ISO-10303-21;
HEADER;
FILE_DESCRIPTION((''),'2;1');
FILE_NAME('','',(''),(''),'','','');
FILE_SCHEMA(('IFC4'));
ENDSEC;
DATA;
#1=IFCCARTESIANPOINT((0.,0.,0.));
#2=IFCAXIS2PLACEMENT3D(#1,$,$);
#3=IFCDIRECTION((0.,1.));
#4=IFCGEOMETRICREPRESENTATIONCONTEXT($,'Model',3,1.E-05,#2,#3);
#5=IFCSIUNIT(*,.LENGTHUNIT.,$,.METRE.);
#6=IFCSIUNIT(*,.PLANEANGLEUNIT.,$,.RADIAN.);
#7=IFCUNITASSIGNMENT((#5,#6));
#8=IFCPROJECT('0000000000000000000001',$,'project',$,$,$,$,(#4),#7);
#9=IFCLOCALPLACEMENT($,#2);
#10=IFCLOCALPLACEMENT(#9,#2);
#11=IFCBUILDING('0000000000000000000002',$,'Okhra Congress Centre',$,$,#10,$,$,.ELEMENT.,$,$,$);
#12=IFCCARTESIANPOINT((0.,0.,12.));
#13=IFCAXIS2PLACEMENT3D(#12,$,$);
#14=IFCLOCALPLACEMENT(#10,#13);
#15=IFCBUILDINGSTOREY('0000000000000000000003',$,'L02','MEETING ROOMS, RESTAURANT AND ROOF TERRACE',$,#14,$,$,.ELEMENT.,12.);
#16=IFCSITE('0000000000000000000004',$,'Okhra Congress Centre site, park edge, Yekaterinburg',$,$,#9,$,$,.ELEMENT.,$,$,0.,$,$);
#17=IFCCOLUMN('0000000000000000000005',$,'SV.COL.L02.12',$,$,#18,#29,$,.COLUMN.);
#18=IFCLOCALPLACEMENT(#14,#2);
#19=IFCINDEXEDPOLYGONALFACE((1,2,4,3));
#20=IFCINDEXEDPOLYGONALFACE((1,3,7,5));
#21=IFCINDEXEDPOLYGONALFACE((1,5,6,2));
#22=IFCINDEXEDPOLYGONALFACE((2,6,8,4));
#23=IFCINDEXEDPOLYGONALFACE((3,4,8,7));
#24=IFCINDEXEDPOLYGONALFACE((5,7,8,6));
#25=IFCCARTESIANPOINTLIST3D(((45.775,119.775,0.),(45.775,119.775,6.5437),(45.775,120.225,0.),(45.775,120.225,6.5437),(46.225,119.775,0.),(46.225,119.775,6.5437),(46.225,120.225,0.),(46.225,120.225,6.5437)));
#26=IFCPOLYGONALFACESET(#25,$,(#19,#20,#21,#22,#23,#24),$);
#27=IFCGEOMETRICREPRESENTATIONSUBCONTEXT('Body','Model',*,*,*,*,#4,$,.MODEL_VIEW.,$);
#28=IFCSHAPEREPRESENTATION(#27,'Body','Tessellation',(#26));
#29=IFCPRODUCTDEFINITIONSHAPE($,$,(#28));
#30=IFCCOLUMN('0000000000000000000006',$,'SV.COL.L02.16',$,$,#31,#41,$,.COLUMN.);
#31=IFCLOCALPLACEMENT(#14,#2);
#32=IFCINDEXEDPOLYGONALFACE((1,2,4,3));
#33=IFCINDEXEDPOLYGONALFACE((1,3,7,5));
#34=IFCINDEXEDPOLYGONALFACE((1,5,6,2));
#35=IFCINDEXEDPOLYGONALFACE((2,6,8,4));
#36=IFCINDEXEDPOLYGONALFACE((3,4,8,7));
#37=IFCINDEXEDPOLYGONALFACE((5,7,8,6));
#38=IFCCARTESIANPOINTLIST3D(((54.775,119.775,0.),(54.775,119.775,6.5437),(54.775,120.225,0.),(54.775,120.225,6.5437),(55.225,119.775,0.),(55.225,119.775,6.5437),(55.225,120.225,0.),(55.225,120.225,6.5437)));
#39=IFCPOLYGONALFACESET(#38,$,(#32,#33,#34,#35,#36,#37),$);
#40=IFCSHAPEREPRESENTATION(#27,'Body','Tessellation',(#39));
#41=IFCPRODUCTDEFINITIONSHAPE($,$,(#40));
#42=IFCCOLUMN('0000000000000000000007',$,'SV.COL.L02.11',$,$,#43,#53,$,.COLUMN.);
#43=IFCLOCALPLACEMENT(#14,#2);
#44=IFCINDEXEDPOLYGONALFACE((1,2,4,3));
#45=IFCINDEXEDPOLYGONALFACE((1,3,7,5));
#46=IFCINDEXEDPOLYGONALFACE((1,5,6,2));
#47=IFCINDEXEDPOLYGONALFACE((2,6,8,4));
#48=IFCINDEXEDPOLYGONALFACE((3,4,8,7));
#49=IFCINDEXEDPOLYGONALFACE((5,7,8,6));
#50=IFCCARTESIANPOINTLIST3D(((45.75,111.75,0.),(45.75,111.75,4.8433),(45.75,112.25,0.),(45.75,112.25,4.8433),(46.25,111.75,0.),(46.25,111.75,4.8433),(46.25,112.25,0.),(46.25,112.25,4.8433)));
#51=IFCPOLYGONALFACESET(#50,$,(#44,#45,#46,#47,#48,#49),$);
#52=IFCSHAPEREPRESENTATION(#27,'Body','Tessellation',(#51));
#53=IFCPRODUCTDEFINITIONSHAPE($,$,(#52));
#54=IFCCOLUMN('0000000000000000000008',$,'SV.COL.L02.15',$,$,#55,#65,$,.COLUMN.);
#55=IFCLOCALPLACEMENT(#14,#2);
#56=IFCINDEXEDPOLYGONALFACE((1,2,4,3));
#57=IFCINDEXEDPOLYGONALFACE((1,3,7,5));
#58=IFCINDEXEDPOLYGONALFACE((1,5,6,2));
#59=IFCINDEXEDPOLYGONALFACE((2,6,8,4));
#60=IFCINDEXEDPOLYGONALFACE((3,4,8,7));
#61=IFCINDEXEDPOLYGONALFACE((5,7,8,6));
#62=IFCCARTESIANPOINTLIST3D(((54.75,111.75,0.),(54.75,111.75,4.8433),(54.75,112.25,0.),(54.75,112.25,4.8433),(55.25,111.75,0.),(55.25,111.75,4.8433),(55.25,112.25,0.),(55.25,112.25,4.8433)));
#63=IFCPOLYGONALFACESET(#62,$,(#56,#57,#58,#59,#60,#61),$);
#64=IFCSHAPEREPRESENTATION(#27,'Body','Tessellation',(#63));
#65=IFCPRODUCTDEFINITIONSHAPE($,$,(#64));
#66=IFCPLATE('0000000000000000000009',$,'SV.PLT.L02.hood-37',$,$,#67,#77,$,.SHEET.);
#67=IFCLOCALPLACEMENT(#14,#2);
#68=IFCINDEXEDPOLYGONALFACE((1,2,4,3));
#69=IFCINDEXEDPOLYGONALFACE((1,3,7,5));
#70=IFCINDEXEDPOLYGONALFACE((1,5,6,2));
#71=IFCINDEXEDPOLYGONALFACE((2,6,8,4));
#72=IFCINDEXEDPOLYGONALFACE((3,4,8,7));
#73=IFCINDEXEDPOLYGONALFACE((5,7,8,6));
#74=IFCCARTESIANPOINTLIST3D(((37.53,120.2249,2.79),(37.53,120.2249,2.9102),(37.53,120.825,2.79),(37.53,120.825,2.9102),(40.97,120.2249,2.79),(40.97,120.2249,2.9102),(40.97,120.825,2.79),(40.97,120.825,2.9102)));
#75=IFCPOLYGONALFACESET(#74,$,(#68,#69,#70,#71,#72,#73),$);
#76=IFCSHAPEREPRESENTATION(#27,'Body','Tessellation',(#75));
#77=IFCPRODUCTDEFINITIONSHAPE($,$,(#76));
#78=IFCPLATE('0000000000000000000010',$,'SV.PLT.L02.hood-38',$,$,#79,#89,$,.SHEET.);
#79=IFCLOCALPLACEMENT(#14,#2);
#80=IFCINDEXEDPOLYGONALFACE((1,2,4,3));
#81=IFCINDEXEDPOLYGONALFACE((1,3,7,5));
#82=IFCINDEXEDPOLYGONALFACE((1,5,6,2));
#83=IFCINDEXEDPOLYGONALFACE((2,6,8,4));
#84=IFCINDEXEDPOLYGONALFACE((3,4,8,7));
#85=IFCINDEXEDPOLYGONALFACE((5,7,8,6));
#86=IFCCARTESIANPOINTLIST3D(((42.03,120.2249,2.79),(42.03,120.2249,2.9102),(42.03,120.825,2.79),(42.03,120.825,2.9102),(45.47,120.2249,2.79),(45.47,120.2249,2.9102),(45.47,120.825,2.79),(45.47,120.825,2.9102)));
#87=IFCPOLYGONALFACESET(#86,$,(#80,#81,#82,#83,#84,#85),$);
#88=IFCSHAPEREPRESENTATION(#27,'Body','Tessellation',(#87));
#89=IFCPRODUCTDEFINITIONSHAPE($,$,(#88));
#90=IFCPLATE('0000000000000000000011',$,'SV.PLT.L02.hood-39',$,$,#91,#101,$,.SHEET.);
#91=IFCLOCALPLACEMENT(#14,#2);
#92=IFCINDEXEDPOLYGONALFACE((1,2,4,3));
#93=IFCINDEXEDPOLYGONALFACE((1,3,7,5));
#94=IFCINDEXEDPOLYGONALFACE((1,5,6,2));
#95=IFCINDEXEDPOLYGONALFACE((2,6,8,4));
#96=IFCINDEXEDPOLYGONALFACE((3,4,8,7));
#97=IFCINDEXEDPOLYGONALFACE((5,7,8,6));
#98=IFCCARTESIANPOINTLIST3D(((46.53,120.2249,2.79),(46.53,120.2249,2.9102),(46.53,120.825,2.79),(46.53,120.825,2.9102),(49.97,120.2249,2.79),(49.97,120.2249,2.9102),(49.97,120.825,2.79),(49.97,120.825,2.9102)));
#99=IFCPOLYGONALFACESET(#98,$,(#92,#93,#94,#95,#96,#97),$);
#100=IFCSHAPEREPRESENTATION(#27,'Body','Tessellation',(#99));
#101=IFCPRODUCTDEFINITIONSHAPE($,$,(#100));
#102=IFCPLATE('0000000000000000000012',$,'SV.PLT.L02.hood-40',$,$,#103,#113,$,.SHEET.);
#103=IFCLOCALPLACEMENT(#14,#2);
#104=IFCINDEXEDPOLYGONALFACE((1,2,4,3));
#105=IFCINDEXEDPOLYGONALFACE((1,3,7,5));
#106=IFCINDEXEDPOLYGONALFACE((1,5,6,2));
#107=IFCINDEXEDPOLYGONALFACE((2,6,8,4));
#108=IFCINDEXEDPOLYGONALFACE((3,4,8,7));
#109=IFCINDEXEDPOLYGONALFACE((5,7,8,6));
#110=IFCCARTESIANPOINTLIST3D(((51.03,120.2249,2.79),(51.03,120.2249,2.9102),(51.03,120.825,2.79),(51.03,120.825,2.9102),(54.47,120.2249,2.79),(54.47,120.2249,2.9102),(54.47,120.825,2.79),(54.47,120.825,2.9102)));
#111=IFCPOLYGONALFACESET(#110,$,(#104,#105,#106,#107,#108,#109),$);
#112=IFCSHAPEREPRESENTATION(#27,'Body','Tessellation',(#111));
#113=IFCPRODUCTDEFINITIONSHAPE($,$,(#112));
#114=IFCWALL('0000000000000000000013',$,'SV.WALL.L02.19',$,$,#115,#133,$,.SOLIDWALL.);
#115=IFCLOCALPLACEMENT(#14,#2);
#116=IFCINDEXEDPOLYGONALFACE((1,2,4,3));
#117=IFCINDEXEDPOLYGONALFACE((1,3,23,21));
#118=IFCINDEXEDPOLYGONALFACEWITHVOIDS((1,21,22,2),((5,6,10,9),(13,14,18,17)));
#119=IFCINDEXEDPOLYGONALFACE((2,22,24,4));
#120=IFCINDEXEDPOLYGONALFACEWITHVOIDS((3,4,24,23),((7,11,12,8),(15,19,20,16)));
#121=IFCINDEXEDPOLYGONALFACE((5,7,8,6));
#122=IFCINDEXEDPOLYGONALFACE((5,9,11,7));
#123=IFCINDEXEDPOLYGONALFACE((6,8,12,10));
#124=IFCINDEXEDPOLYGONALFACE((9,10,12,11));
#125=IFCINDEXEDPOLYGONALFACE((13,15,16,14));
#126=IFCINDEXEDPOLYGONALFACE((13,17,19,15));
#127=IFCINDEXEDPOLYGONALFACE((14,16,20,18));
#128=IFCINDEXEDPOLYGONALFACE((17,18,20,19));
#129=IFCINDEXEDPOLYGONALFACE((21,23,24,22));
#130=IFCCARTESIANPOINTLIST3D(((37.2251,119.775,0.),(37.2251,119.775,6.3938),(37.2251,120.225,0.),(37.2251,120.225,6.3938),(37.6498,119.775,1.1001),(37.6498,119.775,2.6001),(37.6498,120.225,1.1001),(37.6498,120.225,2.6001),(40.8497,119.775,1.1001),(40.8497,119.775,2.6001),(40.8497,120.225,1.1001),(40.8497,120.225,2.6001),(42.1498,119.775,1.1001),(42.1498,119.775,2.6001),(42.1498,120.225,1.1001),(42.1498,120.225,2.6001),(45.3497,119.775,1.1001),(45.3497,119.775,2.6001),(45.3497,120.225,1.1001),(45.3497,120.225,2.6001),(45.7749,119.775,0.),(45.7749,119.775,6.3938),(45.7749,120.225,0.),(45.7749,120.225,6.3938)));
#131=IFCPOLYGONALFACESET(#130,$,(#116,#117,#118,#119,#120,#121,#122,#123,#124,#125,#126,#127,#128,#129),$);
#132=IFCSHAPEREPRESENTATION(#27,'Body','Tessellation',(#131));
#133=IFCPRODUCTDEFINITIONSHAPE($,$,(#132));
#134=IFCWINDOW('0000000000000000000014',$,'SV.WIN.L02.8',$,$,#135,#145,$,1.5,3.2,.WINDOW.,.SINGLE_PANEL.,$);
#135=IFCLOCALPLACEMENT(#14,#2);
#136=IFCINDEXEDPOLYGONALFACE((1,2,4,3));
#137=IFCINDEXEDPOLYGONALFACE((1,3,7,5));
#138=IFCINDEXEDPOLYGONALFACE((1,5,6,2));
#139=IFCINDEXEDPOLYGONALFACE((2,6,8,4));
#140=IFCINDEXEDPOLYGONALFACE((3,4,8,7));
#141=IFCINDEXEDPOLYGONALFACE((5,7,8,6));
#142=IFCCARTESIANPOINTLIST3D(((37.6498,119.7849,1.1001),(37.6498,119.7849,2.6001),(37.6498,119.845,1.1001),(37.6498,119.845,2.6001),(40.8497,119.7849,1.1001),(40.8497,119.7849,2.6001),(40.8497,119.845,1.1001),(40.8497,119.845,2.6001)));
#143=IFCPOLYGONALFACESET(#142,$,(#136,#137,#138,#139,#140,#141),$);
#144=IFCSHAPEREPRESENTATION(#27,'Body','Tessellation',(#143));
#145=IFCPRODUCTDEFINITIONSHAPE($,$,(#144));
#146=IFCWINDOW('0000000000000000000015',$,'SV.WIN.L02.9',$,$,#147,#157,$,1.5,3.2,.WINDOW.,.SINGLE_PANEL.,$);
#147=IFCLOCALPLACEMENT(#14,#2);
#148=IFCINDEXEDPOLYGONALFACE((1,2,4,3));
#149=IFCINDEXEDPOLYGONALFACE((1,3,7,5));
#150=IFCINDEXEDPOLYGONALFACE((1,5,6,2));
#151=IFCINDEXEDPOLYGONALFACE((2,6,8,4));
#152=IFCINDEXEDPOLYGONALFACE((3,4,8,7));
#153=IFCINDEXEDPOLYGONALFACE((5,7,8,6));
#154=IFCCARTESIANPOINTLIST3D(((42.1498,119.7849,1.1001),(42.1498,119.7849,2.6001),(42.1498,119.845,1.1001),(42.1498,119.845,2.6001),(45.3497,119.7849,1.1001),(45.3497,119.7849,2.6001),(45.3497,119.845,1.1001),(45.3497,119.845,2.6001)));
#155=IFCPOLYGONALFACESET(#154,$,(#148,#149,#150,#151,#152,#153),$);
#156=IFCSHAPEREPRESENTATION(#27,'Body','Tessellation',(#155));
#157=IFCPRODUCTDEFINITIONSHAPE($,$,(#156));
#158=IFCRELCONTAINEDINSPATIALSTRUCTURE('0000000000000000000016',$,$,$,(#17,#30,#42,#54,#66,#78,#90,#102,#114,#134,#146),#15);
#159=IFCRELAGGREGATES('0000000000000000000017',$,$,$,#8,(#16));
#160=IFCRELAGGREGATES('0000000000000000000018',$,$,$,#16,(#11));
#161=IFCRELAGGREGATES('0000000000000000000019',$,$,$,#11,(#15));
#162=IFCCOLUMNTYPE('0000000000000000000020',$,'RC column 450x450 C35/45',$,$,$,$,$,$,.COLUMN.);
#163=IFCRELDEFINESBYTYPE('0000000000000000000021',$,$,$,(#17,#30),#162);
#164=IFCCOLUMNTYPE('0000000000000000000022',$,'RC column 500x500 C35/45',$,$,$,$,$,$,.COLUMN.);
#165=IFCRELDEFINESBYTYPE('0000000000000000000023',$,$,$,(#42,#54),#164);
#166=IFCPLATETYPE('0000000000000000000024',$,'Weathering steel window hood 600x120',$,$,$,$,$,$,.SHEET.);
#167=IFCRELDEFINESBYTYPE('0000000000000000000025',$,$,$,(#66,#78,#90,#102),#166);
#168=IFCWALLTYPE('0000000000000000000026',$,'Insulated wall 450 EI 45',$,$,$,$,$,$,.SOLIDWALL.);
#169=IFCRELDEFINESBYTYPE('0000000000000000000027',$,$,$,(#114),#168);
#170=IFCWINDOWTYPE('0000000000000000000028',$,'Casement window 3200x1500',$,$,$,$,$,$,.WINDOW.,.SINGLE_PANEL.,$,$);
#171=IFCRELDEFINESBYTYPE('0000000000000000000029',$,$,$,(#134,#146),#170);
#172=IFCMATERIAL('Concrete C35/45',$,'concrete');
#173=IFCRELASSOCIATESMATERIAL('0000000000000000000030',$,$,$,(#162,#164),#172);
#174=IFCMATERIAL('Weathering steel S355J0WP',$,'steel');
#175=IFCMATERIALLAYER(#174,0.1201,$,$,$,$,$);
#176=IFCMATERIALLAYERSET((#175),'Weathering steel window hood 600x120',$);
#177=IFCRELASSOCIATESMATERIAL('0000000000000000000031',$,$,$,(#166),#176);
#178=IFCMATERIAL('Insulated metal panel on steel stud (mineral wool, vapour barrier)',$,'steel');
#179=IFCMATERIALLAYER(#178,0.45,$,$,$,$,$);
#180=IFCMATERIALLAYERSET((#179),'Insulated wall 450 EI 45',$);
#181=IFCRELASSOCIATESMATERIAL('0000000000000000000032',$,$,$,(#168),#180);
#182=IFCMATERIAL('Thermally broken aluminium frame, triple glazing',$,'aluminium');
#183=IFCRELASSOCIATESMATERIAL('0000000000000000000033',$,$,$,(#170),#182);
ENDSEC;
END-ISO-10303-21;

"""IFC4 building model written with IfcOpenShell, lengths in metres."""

from ifc_helpers import new_model, si_unit, direction, frame, frame_2d, origin, origin_2d, place, context, subcontext, project, spatial, rectangle, extrude, material, layer, layer_set, material_profile, profile_set, type_object, element, fill, save


model = new_model("IFC4")

# Units and contexts
model_context = context("Model", 3, precision=1e-05, world=origin(), true_north=direction((0.0, 1.0)))
body_context = subcontext(model_context, "Body", "Model", "MODEL_VIEW")
ifc_project = project(units=[si_unit("LENGTHUNIT", "METRE"), si_unit("PLANEANGLEUNIT", "RADIAN")], contexts=[model_context])

# Site, building, storey
site_placement = place(None, origin())
site = spatial("IfcSite", under=ifc_project, at=site_placement, Name="Okhra Congress Centre site, park edge, Yekaterinburg", CompositionType="ELEMENT", RefElevation=0.0)
building_placement = place(site_placement, origin())
building = spatial("IfcBuilding", under=site, at=building_placement, Name="Okhra Congress Centre", CompositionType="ELEMENT")
storey_placement = place(building_placement, frame((0.0, 0.0, 12.0)))
storey = spatial("IfcBuildingStorey", under=building, at=storey_placement, Name="L02", Description="MEETING ROOMS, RESTAURANT AND ROOF TERRACE", CompositionType="ELEMENT", Elevation=12.0)

# Columns
ifc_material_1 = material(Name="Concrete C35/45", Category="concrete")
ifc_material_profile_1 = material_profile(ifc_material_1, rectangle(XDim=0.45, YDim=0.45, at=origin_2d()), Name="RC 450x450")
ifc_profile_set_1 = profile_set([ifc_material_profile_1], Name="Concrete C35/45")
column_type_1 = type_object("IfcColumnType", Name="RC column 450x450 C35/45", PredefinedType="COLUMN", material=ifc_profile_set_1)
for number, where, z_axis, x_axis, name in (
    (1, (46.0, 120.0, 0.0), (0.0, 0.0, 1.0), (1.0, 0.0, 0.0), "SV.COL.L02.12"),
    (2, (55.0, 120.0, 0.0), (0.0, 0.0, 1.0), (1.0, 0.0, 0.0), "SV.COL.L02.16"),
):
    element("IfcColumn", number, at=place(storey_placement, frame(where, z_axis=z_axis, x_axis=x_axis)), inside=storey, type_object=column_type_1, Name=name, PredefinedType="COLUMN", context=body_context, shape_type="SweptSolid", body=[
        extrude(rectangle(XDim=0.45, YDim=0.45, at=origin_2d()), origin(), (0.0, 0.0, 1.0), 6.5437),
    ])
ifc_material_profile_2 = material_profile(ifc_material_1, rectangle(XDim=0.5, YDim=0.5, at=origin_2d()), Name="RC 500x500")
ifc_profile_set_2 = profile_set([ifc_material_profile_2], Name="Concrete C35/45")
column_type_2 = type_object("IfcColumnType", Name="RC column 500x500 C35/45", PredefinedType="COLUMN", material=ifc_profile_set_2)
for number, where, z_axis, x_axis, name in (
    (3, (46.0, 112.0, 0.0), (0.0, 0.0, 1.0), (1.0, 0.0, 0.0), "SV.COL.L02.11"),
    (4, (55.0, 112.0, 0.0), (0.0, 0.0, 1.0), (1.0, 0.0, 0.0), "SV.COL.L02.15"),
):
    element("IfcColumn", number, at=place(storey_placement, frame(where, z_axis=z_axis, x_axis=x_axis)), inside=storey, type_object=column_type_2, Name=name, PredefinedType="COLUMN", context=body_context, shape_type="SweptSolid", body=[
        extrude(rectangle(XDim=0.5, YDim=0.5, at=origin_2d()), origin(), (0.0, 0.0, 1.0), 4.8433),
    ])

# Plates
ifc_material_2 = material(Name="Weathering steel S355J0WP", Category="steel")
ifc_layer_1 = layer(ifc_material_2, 0.1201)
ifc_layer_set_1 = layer_set([ifc_layer_1], Name="Weathering steel window hood 600x120")
plate_type = type_object("IfcPlateType", Name="Weathering steel window hood 600x120", PredefinedType="SHEET", material=ifc_layer_set_1)
for number, where, z_axis, x_axis, name in (
    (5, (39.25, 120.5249, 2.79), (0.0, 0.0, 1.0), (-1.0, 0.0, 0.0), "SV.PLT.L02.hood-37"),
    (6, (43.75, 120.5249, 2.79), (0.0, 0.0, 1.0), (-1.0, 0.0, 0.0), "SV.PLT.L02.hood-38"),
    (7, (48.25, 120.5249, 2.79), (0.0, 0.0, 1.0), (-1.0, 0.0, 0.0), "SV.PLT.L02.hood-39"),
    (8, (52.75, 120.5249, 2.79), (0.0, 0.0, 1.0), (-1.0, 0.0, 0.0), "SV.PLT.L02.hood-40"),
):
    element("IfcPlate", number, at=place(storey_placement, frame(where, z_axis=z_axis, x_axis=x_axis)), inside=storey, type_object=plate_type, Name=name, PredefinedType="SHEET", context=body_context, shape_type="SweptSolid", body=[
        extrude(rectangle(XDim=3.4399, YDim=0.6001, at=origin_2d()), origin(), (0.0, 0.0, 1.0), 0.1201),
    ])

# Wall, openings, windows
ifc_material_3 = material(Name="Insulated metal panel on steel stud (mineral wool, vapour barrier)", Category="steel")
ifc_layer_2 = layer(ifc_material_3, 0.45)
ifc_layer_set_2 = layer_set([ifc_layer_2], Name="Insulated wall 450 EI 45")
wall_type = type_object("IfcWallType", Name="Insulated wall 450 EI 45", PredefinedType="SOLIDWALL", material=ifc_layer_set_2)
wall_1_placement = place(storey_placement, frame((45.7749, 120.0, 0.0), z_axis=(0.0, 0.0, 1.0), x_axis=(-1.0, 0.0, 0.0)))
wall_1 = element("IfcWall", 9, at=wall_1_placement, inside=storey, type_object=wall_type, Name="SV.WALL.L02.19", PredefinedType="SOLIDWALL", context=body_context, shape_type="SweptSolid", body=[
    extrude(rectangle(XDim=8.5498, YDim=0.45, at=frame_2d((4.2749, 0.0))), origin(), (0.0, 0.0, 1.0), 6.3938),
])
opening_1_placement = place(wall_1_placement, frame((4.925, 0.0, 1.1001)))
opening_1 = element("IfcOpeningElement", 10, at=opening_1_placement, cuts=wall_1, PredefinedType="OPENING", context=body_context, shape_type="SweptSolid", body=[
    extrude(rectangle(XDim=3.2, YDim=1.5, at=frame_2d((1.6001, 0.75))), frame((0.0, 0.2349, 0.0), z_axis=(0.0, -1.0, 0.0), x_axis=(1.0, 0.0, 0.0)), (0.0, 0.0, 1.0), 0.47),
])
opening_2_placement = place(wall_1_placement, frame((0.425, 0.0, 1.1001)))
opening_2 = element("IfcOpeningElement", 11, at=opening_2_placement, cuts=wall_1, PredefinedType="OPENING", context=body_context, shape_type="SweptSolid", body=[
    extrude(rectangle(XDim=3.2, YDim=1.5, at=frame_2d((1.6001, 0.75))), frame((0.0, 0.2349, 0.0), z_axis=(0.0, -1.0, 0.0), x_axis=(1.0, 0.0, 0.0)), (0.0, 0.0, 1.0), 0.47),
])
ifc_material_4 = material(Name="Thermally broken aluminium frame, triple glazing", Category="aluminium")
window_type = type_object("IfcWindowType", Name="Casement window 3200x1500", PartitioningType="SINGLE_PANEL", PredefinedType="WINDOW", material=ifc_material_4)
window_1_placement = place(opening_1_placement, origin())
window_1 = element("IfcWindow", 12, at=window_1_placement, inside=storey, type_object=window_type, Name="SV.WIN.L02.8", OverallHeight=1.5, OverallWidth=3.2, PartitioningType="SINGLE_PANEL", PredefinedType="WINDOW", context=body_context, shape_type="SweptSolid", body=[
    extrude(rectangle(XDim=3.2, YDim=1.5, at=frame_2d((1.6001, 0.75))), frame((0.0, 0.2151, 0.0), z_axis=(0.0, -1.0, 0.0), x_axis=(1.0, 0.0, 0.0)), (0.0, 0.0, 1.0), 0.0601),
])
fill(opening_1, window_1)
window_2_placement = place(opening_2_placement, origin())
window_2 = element("IfcWindow", 13, at=window_2_placement, inside=storey, type_object=window_type, Name="SV.WIN.L02.9", OverallHeight=1.5, OverallWidth=3.2, PartitioningType="SINGLE_PANEL", PredefinedType="WINDOW", context=body_context, shape_type="SweptSolid", body=[
    extrude(rectangle(XDim=3.2, YDim=1.5, at=frame_2d((1.6001, 0.75))), frame((0.0, 0.2151, 0.0), z_axis=(0.0, -1.0, 0.0), x_axis=(1.0, 0.0, 0.0)), (0.0, 0.0, 1.0), 0.0601),
])
fill(opening_2, window_2)

save(model, "model.ifc")
